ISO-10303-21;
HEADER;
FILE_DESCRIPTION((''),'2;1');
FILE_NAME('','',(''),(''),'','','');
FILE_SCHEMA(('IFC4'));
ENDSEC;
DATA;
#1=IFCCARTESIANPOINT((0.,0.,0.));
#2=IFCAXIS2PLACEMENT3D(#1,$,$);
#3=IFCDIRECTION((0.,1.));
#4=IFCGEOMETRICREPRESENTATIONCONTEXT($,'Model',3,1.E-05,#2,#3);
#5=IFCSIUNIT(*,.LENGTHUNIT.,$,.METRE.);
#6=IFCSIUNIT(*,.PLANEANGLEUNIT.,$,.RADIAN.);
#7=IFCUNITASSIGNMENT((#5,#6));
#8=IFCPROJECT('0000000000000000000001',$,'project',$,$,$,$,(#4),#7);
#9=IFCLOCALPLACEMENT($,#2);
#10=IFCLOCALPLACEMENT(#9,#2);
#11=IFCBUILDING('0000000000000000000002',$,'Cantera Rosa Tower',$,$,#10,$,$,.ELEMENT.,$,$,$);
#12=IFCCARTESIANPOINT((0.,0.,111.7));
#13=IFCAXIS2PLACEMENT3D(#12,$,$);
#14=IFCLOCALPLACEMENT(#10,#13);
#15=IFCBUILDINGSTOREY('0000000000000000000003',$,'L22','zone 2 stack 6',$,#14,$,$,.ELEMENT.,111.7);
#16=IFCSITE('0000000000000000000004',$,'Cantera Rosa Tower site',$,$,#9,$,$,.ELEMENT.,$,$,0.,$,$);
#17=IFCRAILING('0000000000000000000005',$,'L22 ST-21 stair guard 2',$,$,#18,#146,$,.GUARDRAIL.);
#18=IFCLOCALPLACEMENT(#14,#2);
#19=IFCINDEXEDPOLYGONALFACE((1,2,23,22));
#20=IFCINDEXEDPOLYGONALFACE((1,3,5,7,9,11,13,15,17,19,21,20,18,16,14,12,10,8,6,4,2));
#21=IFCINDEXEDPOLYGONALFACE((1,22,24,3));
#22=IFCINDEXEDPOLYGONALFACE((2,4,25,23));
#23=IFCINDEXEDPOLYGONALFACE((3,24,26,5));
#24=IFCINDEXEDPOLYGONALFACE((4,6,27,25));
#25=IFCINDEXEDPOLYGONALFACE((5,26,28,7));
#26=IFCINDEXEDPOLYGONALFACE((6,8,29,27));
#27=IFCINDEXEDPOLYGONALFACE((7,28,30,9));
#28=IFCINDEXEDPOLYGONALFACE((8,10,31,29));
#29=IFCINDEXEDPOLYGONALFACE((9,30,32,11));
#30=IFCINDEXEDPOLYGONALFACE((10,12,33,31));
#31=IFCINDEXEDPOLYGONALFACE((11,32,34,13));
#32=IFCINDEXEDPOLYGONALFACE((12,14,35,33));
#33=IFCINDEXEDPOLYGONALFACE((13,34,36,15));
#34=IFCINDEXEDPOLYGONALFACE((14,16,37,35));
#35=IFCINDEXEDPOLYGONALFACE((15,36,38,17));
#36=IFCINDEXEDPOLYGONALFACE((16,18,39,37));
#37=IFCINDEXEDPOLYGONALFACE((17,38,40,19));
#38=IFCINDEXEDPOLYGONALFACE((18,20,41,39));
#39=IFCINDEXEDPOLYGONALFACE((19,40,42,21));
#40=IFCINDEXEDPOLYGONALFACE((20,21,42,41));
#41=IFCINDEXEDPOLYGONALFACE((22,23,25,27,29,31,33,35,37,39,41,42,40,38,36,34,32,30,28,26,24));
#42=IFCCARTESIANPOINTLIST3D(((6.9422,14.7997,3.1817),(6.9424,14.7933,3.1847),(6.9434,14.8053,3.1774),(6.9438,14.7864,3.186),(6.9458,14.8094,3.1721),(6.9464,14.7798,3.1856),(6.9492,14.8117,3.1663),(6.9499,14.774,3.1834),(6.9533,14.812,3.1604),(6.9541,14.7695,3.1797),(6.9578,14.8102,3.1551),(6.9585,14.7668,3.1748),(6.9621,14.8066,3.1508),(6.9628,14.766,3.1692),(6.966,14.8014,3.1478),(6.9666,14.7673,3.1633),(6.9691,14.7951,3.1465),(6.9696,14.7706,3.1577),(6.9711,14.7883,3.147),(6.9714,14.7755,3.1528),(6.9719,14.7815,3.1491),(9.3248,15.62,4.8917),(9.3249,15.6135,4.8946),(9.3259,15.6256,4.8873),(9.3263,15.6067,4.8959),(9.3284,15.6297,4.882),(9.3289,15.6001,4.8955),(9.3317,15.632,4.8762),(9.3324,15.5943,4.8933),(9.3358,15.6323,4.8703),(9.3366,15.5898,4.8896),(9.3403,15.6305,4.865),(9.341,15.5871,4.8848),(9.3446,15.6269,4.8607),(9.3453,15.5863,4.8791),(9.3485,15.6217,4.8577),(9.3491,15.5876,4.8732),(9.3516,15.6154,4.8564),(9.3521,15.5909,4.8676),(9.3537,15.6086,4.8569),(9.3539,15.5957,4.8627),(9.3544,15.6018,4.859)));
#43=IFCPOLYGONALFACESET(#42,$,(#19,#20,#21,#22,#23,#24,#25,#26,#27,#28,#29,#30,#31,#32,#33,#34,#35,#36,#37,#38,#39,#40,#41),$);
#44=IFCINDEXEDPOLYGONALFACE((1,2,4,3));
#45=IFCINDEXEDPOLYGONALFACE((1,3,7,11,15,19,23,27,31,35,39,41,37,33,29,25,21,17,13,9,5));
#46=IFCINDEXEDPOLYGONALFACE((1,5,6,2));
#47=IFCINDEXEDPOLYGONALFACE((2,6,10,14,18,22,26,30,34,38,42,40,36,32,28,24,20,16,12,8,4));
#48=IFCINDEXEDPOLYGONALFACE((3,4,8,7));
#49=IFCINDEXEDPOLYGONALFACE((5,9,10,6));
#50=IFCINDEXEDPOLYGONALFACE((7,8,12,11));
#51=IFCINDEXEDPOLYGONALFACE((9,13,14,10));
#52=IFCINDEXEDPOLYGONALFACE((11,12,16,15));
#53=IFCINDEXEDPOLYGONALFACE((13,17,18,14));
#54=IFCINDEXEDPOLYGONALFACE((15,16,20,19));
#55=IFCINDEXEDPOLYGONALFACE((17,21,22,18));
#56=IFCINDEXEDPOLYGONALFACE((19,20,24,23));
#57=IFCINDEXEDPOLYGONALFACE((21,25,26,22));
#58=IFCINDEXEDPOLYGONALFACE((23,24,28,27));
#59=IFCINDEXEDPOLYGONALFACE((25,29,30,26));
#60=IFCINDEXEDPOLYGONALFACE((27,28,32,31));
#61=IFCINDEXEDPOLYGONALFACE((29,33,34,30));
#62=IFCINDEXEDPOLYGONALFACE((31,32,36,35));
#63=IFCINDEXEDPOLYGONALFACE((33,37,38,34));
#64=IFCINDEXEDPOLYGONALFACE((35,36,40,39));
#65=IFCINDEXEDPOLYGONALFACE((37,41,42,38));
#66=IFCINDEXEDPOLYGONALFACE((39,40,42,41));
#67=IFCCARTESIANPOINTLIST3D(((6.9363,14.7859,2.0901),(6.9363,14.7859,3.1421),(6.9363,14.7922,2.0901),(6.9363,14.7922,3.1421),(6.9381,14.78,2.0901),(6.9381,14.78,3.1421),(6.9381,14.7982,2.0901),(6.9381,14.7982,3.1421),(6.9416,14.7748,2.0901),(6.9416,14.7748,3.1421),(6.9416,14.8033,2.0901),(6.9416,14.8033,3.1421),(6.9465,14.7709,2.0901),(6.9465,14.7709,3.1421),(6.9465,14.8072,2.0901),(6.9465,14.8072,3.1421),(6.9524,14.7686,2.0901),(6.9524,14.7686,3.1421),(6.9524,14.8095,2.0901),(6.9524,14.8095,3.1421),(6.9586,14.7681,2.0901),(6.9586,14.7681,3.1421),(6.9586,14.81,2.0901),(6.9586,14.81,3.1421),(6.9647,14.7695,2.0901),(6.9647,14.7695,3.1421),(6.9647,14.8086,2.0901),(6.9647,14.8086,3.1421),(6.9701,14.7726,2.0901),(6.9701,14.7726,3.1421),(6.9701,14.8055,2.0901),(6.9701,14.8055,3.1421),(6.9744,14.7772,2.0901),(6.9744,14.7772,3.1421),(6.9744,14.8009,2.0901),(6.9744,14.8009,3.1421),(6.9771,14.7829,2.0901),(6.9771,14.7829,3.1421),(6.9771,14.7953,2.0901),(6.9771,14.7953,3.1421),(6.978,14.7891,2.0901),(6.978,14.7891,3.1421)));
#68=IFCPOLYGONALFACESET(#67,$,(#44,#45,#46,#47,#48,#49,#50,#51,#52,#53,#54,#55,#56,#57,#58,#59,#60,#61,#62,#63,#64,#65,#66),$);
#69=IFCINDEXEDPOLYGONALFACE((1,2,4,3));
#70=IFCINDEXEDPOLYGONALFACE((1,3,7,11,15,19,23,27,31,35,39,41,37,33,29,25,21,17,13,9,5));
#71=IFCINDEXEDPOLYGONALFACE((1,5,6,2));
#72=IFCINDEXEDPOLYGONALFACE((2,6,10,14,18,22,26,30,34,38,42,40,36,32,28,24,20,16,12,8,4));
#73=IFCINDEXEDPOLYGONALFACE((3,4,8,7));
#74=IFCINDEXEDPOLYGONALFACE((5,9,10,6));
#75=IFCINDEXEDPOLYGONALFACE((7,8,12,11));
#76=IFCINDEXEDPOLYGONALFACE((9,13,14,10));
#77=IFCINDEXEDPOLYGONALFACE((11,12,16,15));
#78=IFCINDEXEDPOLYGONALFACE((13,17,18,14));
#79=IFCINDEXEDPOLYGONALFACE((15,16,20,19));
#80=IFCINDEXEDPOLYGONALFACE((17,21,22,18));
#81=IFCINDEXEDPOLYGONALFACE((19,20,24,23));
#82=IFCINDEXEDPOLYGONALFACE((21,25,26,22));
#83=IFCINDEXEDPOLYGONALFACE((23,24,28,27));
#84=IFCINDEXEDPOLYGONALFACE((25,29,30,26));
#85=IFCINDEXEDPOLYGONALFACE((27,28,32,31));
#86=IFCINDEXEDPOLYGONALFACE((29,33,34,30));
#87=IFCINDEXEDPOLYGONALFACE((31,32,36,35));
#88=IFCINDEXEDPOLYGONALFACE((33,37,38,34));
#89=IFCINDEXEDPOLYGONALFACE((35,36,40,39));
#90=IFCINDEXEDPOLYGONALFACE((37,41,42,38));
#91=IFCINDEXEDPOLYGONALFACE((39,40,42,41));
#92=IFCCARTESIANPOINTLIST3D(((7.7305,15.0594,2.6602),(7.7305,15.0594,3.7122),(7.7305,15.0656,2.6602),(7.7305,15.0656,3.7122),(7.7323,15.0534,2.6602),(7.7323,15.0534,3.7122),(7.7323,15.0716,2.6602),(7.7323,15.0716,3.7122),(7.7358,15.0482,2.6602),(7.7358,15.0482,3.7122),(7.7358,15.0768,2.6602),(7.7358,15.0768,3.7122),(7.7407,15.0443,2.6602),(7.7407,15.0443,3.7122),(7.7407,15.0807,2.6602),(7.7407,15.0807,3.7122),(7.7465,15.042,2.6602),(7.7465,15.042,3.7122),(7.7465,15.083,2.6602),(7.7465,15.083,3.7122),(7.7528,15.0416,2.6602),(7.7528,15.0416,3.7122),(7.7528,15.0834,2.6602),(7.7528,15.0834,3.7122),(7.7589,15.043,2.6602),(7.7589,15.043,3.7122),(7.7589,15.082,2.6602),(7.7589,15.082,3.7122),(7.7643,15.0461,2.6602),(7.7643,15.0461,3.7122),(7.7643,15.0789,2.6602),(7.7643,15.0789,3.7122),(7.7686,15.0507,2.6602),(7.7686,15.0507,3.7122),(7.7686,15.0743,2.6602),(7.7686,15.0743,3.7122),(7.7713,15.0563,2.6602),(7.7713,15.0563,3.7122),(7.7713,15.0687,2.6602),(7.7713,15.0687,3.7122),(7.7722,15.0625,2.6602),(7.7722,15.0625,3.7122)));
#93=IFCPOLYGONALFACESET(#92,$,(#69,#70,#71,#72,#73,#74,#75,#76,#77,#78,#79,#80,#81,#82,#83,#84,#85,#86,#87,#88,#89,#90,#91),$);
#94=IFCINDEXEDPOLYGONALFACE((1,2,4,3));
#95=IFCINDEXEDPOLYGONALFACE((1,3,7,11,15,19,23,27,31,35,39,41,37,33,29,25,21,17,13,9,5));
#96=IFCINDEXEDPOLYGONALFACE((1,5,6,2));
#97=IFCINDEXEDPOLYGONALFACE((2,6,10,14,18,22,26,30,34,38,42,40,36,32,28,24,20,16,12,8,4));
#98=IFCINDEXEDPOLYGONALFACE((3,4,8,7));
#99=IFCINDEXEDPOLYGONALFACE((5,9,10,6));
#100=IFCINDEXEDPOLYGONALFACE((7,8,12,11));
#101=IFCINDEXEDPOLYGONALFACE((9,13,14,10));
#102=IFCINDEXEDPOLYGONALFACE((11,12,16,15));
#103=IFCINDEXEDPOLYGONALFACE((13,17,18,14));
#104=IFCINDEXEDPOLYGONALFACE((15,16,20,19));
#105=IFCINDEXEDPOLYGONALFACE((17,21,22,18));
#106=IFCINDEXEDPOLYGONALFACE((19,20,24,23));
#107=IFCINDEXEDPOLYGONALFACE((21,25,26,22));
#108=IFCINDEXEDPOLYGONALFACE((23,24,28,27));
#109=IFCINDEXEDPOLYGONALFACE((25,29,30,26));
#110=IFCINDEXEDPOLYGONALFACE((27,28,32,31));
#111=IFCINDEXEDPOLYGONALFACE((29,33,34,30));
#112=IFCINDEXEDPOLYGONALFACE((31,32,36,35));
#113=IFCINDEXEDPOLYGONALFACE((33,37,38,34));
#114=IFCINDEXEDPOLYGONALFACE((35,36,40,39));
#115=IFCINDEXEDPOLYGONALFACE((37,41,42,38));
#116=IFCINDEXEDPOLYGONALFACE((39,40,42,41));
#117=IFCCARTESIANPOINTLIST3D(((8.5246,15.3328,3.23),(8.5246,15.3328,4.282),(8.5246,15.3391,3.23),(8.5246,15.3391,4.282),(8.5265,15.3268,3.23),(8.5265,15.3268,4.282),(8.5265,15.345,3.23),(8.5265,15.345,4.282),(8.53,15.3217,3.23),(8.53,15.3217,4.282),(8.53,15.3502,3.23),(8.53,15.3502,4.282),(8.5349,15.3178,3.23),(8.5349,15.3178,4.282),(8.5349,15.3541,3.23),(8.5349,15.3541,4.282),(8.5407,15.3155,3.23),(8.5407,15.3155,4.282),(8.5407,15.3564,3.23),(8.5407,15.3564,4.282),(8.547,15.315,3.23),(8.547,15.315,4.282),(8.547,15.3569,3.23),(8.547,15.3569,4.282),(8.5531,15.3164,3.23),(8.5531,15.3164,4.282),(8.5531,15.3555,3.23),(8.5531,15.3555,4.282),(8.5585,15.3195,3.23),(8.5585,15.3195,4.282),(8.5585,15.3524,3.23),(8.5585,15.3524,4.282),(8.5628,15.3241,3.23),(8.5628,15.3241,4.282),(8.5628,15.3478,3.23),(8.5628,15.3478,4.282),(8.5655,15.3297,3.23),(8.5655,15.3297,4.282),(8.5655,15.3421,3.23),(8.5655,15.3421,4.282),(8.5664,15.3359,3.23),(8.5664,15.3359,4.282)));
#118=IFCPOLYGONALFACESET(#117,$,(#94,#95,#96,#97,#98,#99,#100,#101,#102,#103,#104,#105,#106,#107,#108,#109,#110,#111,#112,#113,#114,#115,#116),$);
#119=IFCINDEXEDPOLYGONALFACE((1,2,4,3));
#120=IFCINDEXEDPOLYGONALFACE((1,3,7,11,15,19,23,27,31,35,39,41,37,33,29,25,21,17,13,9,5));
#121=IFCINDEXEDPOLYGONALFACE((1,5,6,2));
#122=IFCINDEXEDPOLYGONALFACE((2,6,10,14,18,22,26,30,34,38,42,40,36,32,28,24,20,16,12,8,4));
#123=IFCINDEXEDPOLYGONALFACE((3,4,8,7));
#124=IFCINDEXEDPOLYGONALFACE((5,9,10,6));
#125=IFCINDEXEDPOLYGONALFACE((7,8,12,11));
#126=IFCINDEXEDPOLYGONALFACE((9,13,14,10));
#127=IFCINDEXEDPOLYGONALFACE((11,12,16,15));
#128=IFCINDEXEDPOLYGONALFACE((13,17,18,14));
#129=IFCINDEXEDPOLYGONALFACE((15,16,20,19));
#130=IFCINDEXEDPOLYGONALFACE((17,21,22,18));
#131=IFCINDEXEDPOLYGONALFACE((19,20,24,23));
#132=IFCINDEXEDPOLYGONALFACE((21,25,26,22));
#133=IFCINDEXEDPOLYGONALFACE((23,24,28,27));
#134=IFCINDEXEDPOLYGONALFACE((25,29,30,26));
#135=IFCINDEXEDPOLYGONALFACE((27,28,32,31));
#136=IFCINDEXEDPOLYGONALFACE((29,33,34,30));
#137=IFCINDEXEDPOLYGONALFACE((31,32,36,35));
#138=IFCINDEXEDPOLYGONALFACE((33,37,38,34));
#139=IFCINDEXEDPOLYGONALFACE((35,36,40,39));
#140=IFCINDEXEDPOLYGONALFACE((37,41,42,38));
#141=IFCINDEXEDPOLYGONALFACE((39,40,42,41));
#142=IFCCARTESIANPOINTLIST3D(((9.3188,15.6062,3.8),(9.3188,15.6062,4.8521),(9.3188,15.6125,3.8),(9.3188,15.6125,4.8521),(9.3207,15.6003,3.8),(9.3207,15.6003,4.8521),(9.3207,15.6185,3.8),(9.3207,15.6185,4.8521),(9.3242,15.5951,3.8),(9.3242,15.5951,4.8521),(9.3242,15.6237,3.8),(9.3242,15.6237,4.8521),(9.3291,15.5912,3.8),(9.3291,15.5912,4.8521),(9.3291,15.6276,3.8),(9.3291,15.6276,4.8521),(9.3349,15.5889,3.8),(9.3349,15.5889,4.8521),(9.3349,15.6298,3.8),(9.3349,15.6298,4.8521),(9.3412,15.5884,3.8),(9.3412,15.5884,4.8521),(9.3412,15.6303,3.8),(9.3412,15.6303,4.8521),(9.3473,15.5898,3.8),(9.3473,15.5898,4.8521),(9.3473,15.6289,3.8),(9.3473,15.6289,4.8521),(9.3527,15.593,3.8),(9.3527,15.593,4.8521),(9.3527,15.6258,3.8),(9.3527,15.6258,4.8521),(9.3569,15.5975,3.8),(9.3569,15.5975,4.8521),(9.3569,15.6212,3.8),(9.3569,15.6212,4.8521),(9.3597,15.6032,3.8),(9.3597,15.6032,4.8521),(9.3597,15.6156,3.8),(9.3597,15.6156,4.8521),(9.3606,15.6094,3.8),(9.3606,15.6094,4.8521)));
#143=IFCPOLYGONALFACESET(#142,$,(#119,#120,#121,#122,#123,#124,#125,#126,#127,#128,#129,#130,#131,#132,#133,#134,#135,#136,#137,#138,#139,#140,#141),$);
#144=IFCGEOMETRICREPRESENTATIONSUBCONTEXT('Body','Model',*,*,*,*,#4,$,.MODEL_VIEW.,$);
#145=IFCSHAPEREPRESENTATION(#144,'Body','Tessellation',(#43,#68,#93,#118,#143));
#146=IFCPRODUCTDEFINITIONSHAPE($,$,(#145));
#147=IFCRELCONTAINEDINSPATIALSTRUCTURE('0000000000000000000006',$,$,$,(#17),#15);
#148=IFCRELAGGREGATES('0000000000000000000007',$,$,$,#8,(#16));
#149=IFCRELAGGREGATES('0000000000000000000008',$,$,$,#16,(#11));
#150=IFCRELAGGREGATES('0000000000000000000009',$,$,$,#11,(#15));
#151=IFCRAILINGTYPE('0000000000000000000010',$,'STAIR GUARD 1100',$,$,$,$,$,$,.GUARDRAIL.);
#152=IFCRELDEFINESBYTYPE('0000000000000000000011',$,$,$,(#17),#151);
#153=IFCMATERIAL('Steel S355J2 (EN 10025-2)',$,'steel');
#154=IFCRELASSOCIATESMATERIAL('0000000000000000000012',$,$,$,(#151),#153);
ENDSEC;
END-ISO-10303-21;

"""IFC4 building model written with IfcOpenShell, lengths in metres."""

from ifc_helpers import new_model, si_unit, direction, frame, origin, origin_2d, place, context, subcontext, project, spatial, circle, extrude, material, type_object, element, save


model = new_model("IFC4")

# Units and contexts
model_context = context("Model", 3, precision=1e-05, world=origin(), true_north=direction((0.0, 1.0)))
body_context = subcontext(model_context, "Body", "Model", "MODEL_VIEW")
ifc_project = project(units=[si_unit("LENGTHUNIT", "METRE"), si_unit("PLANEANGLEUNIT", "RADIAN")], contexts=[model_context])

# Site, building, storey
site_placement = place(None, origin())
site = spatial("IfcSite", under=ifc_project, at=site_placement, Name="Cantera Rosa Tower site", CompositionType="ELEMENT", RefElevation=0.0)
building_placement = place(site_placement, origin())
building = spatial("IfcBuilding", under=site, at=building_placement, Name="Cantera Rosa Tower", CompositionType="ELEMENT")
storey_placement = place(building_placement, frame((0.0, 0.0, 111.7)))
storey = spatial("IfcBuildingStorey", under=building, at=storey_placement, Name="L22", Description="zone 2 stack 6", CompositionType="ELEMENT", Elevation=111.7)

# Railing
ifc_material_1 = material(Name="Steel S355J2 (EN 10025-2)", Category="steel")
railing_type_1 = type_object("IfcRailingType", Name="STAIR GUARD 1100", PredefinedType="GUARDRAIL", material=ifc_material_1)
railing_1_placement = place(storey_placement, frame((6.957, 14.7891, 2.0901)))
element("IfcRailing", 1, at=railing_1_placement, inside=storey, type_object=railing_type_1, Name="L22 ST-21 stair guard 2", PredefinedType="GUARDRAIL", context=body_context, shape_type="SweptSolid", body=[
    extrude(circle(Radius=0.0239, at=origin_2d()), frame((0.0, 0.0, 1.0762), z_axis=(0.78239, 0.269375, 0.561519), x_axis=(-0.325543, 0.945527, 0.0)), (0.0, 0.0, 1.0), 3.0452),
    extrude(circle(Radius=0.021, at=origin_2d()), origin(), (0.0, 0.0, 1.0), 1.052),
    extrude(circle(Radius=0.021, at=origin_2d()), frame((0.7942, 0.2734, 0.5701)), (0.0, 0.0, 1.0), 1.052),
    extrude(circle(Radius=0.021, at=origin_2d()), frame((1.5884, 0.5469, 1.1399)), (0.0, 0.0, 1.0), 1.052),
    extrude(circle(Radius=0.021, at=origin_2d()), frame((2.3826, 0.8203, 1.71)), (0.0, 0.0, 1.0), 1.052),
])

save(model, "model.ifc")
